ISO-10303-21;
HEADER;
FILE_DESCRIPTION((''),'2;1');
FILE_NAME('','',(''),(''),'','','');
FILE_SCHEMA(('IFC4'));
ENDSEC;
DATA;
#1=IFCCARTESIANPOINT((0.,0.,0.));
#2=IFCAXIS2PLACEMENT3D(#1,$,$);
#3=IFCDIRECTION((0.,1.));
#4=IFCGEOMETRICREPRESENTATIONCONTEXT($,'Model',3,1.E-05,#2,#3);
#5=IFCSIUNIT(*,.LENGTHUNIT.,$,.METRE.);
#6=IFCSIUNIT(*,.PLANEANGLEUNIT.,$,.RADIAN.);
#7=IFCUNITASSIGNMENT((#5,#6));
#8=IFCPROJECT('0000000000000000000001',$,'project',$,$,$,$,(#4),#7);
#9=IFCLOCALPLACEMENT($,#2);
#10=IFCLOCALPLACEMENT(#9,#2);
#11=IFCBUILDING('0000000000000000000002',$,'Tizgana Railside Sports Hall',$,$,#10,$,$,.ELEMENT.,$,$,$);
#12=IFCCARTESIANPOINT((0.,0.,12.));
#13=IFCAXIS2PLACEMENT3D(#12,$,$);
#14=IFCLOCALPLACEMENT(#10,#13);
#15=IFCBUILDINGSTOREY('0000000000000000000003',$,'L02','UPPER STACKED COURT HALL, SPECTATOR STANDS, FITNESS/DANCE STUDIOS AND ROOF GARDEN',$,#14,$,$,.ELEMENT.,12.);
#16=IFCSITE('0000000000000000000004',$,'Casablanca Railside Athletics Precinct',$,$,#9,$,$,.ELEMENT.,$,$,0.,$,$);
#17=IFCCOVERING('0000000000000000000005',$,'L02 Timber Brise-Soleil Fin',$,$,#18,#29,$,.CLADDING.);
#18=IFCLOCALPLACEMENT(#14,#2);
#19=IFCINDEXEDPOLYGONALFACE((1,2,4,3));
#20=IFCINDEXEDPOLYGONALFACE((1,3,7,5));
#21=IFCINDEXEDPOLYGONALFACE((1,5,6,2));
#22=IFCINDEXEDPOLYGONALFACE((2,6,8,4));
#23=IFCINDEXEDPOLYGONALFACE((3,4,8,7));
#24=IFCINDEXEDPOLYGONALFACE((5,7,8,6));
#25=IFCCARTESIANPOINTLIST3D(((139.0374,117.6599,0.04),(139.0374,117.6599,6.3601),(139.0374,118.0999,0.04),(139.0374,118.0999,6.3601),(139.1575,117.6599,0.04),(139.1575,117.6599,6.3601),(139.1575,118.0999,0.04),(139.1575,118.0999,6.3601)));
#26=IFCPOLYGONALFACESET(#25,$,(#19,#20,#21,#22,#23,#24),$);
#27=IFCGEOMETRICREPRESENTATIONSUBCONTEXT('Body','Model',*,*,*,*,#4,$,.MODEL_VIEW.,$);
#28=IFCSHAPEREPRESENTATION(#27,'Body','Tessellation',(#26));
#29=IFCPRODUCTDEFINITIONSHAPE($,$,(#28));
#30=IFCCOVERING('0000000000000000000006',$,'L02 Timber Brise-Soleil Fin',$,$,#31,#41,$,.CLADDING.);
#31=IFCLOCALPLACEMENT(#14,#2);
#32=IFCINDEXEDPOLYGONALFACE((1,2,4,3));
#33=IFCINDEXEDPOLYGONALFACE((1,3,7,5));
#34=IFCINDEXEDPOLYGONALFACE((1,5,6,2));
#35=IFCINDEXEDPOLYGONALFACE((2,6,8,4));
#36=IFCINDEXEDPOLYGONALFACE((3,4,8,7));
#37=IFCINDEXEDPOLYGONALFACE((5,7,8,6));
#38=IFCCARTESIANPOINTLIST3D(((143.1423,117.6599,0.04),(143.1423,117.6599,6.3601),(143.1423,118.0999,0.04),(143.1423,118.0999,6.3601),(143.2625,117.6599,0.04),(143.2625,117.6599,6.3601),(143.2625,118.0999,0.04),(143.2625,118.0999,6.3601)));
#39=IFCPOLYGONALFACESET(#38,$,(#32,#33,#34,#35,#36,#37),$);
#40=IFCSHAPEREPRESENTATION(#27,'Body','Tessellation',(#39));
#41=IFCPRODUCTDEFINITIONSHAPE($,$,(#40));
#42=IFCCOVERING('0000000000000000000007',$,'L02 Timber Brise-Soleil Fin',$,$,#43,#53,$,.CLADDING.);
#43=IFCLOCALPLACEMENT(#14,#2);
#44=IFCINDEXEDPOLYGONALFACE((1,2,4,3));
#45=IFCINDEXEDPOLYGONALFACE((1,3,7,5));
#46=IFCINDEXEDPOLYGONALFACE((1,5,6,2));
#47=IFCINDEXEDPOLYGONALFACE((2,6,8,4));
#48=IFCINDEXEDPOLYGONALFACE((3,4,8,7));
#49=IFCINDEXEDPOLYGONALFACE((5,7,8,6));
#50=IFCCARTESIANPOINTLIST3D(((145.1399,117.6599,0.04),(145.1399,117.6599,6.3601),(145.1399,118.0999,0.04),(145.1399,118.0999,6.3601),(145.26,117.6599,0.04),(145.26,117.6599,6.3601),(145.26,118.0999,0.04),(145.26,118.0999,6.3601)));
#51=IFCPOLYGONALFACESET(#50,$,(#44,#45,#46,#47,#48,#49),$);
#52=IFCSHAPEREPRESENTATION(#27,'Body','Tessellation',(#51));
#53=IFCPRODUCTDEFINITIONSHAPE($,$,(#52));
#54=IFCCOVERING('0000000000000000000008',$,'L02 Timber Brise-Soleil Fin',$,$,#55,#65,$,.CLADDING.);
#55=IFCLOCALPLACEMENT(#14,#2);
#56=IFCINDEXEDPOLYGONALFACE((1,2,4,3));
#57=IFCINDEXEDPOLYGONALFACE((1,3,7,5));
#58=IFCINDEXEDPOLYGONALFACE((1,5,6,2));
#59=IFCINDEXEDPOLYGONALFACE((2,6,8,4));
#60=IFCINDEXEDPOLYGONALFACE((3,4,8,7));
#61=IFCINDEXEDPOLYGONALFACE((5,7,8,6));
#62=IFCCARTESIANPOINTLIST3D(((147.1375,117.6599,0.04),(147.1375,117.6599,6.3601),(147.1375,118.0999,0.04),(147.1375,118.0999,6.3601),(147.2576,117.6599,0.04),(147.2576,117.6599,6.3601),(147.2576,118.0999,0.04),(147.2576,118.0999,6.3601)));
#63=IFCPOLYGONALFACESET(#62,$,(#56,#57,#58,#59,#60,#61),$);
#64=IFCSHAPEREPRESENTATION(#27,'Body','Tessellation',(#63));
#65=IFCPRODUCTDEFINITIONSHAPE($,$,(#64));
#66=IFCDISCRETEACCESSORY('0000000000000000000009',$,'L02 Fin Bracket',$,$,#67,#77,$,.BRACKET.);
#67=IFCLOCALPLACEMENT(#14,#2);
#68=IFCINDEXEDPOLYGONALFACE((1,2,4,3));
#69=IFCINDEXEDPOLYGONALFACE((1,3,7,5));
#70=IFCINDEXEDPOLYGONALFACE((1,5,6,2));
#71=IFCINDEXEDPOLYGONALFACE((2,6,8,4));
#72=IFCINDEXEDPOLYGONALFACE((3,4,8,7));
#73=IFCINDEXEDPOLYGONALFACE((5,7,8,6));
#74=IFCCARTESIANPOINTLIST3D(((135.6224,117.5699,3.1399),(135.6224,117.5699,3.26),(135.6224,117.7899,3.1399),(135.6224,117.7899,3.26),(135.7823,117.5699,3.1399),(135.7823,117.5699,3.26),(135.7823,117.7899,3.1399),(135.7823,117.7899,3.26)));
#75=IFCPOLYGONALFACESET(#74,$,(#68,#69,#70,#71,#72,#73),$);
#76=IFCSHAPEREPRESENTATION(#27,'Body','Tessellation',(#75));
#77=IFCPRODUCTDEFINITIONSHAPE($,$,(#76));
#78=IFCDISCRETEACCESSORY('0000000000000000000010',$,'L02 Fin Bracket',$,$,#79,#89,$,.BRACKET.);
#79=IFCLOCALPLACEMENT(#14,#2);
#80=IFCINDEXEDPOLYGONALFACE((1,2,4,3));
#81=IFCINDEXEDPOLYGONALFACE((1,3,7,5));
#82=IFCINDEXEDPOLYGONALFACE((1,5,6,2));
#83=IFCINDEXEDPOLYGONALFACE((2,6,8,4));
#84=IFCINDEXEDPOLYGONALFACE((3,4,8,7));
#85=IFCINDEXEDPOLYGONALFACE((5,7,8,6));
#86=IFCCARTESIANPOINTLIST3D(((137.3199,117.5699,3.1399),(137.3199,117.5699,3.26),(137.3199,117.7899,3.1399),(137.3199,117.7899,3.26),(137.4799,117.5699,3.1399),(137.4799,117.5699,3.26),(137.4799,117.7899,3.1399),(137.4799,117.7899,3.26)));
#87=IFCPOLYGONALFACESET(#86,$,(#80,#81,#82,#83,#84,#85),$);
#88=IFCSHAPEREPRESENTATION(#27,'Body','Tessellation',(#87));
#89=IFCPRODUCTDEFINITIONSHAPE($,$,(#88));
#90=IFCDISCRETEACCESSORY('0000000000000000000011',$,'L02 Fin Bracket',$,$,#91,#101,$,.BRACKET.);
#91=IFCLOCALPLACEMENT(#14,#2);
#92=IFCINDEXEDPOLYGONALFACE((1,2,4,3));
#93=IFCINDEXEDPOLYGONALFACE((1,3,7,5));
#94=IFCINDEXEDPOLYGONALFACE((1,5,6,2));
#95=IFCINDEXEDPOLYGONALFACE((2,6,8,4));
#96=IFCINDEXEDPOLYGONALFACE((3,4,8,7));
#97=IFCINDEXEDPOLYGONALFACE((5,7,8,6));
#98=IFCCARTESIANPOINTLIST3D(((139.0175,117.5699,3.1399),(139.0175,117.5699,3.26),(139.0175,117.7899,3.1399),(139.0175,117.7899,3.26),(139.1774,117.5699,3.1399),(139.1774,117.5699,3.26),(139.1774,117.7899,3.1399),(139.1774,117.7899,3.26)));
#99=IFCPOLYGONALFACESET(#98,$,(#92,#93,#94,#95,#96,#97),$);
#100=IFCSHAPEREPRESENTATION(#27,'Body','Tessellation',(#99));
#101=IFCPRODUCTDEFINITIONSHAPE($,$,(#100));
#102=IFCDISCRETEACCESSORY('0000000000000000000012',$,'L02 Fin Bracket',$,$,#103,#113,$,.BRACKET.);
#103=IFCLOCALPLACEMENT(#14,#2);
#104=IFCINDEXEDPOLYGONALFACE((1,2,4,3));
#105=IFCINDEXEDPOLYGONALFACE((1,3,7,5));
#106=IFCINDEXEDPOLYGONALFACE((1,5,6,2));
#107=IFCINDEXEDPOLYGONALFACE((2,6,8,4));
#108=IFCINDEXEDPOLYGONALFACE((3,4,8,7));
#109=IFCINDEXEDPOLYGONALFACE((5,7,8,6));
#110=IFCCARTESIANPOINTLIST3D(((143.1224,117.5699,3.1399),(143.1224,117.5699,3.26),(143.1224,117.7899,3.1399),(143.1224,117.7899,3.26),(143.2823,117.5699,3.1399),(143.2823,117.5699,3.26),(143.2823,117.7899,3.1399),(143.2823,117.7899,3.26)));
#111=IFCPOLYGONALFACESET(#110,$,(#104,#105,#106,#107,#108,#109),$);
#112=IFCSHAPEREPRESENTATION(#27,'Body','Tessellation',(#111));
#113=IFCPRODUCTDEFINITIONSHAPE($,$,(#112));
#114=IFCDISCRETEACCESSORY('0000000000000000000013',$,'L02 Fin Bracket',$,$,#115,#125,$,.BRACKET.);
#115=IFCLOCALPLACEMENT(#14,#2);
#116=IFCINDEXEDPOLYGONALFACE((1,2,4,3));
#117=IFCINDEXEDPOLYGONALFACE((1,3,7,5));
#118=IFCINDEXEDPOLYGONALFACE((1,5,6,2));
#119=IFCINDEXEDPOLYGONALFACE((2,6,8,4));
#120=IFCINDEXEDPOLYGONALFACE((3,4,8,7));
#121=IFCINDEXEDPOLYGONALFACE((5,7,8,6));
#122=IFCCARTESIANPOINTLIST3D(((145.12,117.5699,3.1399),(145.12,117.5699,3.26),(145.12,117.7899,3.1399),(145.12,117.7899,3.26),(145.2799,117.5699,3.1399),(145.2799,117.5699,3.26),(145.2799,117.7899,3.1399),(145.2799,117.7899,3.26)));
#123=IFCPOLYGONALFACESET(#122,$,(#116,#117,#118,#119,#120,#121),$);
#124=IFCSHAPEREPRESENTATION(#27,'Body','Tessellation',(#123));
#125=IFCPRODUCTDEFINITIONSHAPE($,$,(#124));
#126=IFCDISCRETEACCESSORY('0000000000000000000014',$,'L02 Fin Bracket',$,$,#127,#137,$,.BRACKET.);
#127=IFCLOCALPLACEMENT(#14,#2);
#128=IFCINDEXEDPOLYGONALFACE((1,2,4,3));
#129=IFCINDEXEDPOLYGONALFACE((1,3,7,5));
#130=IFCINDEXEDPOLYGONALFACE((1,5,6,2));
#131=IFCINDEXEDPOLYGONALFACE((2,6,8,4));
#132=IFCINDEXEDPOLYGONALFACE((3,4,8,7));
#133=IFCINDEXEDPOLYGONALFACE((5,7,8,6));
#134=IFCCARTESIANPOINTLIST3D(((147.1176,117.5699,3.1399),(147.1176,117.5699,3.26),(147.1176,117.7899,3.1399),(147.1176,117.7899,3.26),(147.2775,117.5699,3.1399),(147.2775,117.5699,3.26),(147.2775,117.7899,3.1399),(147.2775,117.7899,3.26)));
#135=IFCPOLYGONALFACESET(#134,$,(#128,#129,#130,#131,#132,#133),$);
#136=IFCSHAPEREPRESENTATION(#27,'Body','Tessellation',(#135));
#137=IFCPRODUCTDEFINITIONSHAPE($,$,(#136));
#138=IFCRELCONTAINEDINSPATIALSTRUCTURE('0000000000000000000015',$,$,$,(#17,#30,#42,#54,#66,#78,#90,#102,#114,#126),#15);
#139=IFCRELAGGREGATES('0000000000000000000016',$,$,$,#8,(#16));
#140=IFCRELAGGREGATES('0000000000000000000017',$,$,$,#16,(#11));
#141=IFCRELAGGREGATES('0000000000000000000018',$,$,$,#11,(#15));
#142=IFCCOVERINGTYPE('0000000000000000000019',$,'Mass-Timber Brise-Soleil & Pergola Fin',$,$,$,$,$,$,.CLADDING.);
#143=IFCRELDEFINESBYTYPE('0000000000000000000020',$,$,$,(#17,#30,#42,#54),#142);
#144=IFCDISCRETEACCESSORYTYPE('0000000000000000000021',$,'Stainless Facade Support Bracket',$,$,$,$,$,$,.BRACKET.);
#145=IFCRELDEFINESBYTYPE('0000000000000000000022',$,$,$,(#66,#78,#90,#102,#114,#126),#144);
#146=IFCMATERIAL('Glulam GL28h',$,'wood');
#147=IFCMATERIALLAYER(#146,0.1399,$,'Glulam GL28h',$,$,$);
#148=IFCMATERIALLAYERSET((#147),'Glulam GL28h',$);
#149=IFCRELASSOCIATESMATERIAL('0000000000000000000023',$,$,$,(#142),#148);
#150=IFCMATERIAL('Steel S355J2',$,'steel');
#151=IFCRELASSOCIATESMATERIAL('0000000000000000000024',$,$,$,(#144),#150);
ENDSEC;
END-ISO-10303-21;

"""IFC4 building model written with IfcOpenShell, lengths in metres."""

from ifc_helpers import new_model, si_unit, direction, frame, origin, origin_2d, place, context, subcontext, project, spatial, rectangle, extrude, material, layer, layer_set, type_object, element, save


model = new_model("IFC4")

# Units and contexts
model_context = context("Model", 3, precision=1e-05, world=origin(), true_north=direction((0.0, 1.0)))
body_context = subcontext(model_context, "Body", "Model", "MODEL_VIEW")
ifc_project = project(units=[si_unit("LENGTHUNIT", "METRE"), si_unit("PLANEANGLEUNIT", "RADIAN")], contexts=[model_context])

# Site, building, storey
site_placement = place(None, origin())
site = spatial("IfcSite", under=ifc_project, at=site_placement, Name="Casablanca Railside Athletics Precinct", CompositionType="ELEMENT", RefElevation=0.0)
building_placement = place(site_placement, origin())
building = spatial("IfcBuilding", under=site, at=building_placement, Name="Tizgana Railside Sports Hall", CompositionType="ELEMENT")
storey_placement = place(building_placement, frame((0.0, 0.0, 12.0)))
storey = spatial("IfcBuildingStorey", under=building, at=storey_placement, Name="L02", Description="UPPER STACKED COURT HALL, SPECTATOR STANDS, FITNESS/DANCE STUDIOS AND ROOF GARDEN", CompositionType="ELEMENT", Elevation=12.0)

# Coverings
ifc_material_1 = material(Name="Glulam GL28h", Category="wood")
ifc_layer_1 = layer(ifc_material_1, 0.1399, Name="Glulam GL28h")
ifc_layer_set_1 = layer_set([ifc_layer_1], Name="Glulam GL28h")
covering_type = type_object("IfcCoveringType", Name="Mass-Timber Brise-Soleil & Pergola Fin", PredefinedType="CLADDING", material=ifc_layer_set_1)
for number, where, z_axis, x_axis, name in (
    (1, (139.0974, 117.8799, 0.04), (0.0, 0.0, 1.0), (1.0, 0.0, 0.0), "L02 Timber Brise-Soleil Fin"),
    (2, (143.2024, 117.8799, 0.04), (0.0, 0.0, 1.0), (1.0, 0.0, 0.0), "L02 Timber Brise-Soleil Fin"),
    (3, (145.2, 117.8799, 0.04), (0.0, 0.0, 1.0), (1.0, 0.0, 0.0), "L02 Timber Brise-Soleil Fin"),
    (4, (147.1975, 117.8799, 0.04), (0.0, 0.0, 1.0), (1.0, 0.0, 0.0), "L02 Timber Brise-Soleil Fin"),
):
    element("IfcCovering", number, at=place(storey_placement, frame(where, z_axis=z_axis, x_axis=x_axis)), inside=storey, type_object=covering_type, Name=name, PredefinedType="CLADDING", context=body_context, shape_type="SweptSolid", body=[
        extrude(rectangle(XDim=0.1201, YDim=0.4399, at=origin_2d()), origin(), (0.0, 0.0, 1.0), 6.3201),
    ])

# Discrete accessories
ifc_material_2 = material(Name="Steel S355J2", Category="steel")
discrete_accessory_type = type_object("IfcDiscreteAccessoryType", Name="Stainless Facade Support Bracket", PredefinedType="BRACKET", material=ifc_material_2)
for number, where, z_axis, x_axis, name in (
    (5, (135.7024, 117.6799, 3.1399), (0.0, 0.0, 1.0), (1.0, 0.0, 0.0), "L02 Fin Bracket"),
    (6, (137.3999, 117.6799, 3.1399), (0.0, 0.0, 1.0), (1.0, 0.0, 0.0), "L02 Fin Bracket"),
    (7, (139.0974, 117.6799, 3.1399), (0.0, 0.0, 1.0), (1.0, 0.0, 0.0), "L02 Fin Bracket"),
    (8, (143.2024, 117.6799, 3.1399), (0.0, 0.0, 1.0), (1.0, 0.0, 0.0), "L02 Fin Bracket"),
    (9, (145.2, 117.6799, 3.1399), (0.0, 0.0, 1.0), (1.0, 0.0, 0.0), "L02 Fin Bracket"),
    (10, (147.1975, 117.6799, 3.1399), (0.0, 0.0, 1.0), (1.0, 0.0, 0.0), "L02 Fin Bracket"),
):
    element("IfcDiscreteAccessory", number, at=place(storey_placement, frame(where, z_axis=z_axis, x_axis=x_axis)), inside=storey, type_object=discrete_accessory_type, Name=name, PredefinedType="BRACKET", context=body_context, shape_type="SweptSolid", body=[
        extrude(rectangle(XDim=0.1599, YDim=0.22, at=origin_2d()), origin(), (0.0, 0.0, 1.0), 0.1201),
    ])

save(model, "model.ifc")
